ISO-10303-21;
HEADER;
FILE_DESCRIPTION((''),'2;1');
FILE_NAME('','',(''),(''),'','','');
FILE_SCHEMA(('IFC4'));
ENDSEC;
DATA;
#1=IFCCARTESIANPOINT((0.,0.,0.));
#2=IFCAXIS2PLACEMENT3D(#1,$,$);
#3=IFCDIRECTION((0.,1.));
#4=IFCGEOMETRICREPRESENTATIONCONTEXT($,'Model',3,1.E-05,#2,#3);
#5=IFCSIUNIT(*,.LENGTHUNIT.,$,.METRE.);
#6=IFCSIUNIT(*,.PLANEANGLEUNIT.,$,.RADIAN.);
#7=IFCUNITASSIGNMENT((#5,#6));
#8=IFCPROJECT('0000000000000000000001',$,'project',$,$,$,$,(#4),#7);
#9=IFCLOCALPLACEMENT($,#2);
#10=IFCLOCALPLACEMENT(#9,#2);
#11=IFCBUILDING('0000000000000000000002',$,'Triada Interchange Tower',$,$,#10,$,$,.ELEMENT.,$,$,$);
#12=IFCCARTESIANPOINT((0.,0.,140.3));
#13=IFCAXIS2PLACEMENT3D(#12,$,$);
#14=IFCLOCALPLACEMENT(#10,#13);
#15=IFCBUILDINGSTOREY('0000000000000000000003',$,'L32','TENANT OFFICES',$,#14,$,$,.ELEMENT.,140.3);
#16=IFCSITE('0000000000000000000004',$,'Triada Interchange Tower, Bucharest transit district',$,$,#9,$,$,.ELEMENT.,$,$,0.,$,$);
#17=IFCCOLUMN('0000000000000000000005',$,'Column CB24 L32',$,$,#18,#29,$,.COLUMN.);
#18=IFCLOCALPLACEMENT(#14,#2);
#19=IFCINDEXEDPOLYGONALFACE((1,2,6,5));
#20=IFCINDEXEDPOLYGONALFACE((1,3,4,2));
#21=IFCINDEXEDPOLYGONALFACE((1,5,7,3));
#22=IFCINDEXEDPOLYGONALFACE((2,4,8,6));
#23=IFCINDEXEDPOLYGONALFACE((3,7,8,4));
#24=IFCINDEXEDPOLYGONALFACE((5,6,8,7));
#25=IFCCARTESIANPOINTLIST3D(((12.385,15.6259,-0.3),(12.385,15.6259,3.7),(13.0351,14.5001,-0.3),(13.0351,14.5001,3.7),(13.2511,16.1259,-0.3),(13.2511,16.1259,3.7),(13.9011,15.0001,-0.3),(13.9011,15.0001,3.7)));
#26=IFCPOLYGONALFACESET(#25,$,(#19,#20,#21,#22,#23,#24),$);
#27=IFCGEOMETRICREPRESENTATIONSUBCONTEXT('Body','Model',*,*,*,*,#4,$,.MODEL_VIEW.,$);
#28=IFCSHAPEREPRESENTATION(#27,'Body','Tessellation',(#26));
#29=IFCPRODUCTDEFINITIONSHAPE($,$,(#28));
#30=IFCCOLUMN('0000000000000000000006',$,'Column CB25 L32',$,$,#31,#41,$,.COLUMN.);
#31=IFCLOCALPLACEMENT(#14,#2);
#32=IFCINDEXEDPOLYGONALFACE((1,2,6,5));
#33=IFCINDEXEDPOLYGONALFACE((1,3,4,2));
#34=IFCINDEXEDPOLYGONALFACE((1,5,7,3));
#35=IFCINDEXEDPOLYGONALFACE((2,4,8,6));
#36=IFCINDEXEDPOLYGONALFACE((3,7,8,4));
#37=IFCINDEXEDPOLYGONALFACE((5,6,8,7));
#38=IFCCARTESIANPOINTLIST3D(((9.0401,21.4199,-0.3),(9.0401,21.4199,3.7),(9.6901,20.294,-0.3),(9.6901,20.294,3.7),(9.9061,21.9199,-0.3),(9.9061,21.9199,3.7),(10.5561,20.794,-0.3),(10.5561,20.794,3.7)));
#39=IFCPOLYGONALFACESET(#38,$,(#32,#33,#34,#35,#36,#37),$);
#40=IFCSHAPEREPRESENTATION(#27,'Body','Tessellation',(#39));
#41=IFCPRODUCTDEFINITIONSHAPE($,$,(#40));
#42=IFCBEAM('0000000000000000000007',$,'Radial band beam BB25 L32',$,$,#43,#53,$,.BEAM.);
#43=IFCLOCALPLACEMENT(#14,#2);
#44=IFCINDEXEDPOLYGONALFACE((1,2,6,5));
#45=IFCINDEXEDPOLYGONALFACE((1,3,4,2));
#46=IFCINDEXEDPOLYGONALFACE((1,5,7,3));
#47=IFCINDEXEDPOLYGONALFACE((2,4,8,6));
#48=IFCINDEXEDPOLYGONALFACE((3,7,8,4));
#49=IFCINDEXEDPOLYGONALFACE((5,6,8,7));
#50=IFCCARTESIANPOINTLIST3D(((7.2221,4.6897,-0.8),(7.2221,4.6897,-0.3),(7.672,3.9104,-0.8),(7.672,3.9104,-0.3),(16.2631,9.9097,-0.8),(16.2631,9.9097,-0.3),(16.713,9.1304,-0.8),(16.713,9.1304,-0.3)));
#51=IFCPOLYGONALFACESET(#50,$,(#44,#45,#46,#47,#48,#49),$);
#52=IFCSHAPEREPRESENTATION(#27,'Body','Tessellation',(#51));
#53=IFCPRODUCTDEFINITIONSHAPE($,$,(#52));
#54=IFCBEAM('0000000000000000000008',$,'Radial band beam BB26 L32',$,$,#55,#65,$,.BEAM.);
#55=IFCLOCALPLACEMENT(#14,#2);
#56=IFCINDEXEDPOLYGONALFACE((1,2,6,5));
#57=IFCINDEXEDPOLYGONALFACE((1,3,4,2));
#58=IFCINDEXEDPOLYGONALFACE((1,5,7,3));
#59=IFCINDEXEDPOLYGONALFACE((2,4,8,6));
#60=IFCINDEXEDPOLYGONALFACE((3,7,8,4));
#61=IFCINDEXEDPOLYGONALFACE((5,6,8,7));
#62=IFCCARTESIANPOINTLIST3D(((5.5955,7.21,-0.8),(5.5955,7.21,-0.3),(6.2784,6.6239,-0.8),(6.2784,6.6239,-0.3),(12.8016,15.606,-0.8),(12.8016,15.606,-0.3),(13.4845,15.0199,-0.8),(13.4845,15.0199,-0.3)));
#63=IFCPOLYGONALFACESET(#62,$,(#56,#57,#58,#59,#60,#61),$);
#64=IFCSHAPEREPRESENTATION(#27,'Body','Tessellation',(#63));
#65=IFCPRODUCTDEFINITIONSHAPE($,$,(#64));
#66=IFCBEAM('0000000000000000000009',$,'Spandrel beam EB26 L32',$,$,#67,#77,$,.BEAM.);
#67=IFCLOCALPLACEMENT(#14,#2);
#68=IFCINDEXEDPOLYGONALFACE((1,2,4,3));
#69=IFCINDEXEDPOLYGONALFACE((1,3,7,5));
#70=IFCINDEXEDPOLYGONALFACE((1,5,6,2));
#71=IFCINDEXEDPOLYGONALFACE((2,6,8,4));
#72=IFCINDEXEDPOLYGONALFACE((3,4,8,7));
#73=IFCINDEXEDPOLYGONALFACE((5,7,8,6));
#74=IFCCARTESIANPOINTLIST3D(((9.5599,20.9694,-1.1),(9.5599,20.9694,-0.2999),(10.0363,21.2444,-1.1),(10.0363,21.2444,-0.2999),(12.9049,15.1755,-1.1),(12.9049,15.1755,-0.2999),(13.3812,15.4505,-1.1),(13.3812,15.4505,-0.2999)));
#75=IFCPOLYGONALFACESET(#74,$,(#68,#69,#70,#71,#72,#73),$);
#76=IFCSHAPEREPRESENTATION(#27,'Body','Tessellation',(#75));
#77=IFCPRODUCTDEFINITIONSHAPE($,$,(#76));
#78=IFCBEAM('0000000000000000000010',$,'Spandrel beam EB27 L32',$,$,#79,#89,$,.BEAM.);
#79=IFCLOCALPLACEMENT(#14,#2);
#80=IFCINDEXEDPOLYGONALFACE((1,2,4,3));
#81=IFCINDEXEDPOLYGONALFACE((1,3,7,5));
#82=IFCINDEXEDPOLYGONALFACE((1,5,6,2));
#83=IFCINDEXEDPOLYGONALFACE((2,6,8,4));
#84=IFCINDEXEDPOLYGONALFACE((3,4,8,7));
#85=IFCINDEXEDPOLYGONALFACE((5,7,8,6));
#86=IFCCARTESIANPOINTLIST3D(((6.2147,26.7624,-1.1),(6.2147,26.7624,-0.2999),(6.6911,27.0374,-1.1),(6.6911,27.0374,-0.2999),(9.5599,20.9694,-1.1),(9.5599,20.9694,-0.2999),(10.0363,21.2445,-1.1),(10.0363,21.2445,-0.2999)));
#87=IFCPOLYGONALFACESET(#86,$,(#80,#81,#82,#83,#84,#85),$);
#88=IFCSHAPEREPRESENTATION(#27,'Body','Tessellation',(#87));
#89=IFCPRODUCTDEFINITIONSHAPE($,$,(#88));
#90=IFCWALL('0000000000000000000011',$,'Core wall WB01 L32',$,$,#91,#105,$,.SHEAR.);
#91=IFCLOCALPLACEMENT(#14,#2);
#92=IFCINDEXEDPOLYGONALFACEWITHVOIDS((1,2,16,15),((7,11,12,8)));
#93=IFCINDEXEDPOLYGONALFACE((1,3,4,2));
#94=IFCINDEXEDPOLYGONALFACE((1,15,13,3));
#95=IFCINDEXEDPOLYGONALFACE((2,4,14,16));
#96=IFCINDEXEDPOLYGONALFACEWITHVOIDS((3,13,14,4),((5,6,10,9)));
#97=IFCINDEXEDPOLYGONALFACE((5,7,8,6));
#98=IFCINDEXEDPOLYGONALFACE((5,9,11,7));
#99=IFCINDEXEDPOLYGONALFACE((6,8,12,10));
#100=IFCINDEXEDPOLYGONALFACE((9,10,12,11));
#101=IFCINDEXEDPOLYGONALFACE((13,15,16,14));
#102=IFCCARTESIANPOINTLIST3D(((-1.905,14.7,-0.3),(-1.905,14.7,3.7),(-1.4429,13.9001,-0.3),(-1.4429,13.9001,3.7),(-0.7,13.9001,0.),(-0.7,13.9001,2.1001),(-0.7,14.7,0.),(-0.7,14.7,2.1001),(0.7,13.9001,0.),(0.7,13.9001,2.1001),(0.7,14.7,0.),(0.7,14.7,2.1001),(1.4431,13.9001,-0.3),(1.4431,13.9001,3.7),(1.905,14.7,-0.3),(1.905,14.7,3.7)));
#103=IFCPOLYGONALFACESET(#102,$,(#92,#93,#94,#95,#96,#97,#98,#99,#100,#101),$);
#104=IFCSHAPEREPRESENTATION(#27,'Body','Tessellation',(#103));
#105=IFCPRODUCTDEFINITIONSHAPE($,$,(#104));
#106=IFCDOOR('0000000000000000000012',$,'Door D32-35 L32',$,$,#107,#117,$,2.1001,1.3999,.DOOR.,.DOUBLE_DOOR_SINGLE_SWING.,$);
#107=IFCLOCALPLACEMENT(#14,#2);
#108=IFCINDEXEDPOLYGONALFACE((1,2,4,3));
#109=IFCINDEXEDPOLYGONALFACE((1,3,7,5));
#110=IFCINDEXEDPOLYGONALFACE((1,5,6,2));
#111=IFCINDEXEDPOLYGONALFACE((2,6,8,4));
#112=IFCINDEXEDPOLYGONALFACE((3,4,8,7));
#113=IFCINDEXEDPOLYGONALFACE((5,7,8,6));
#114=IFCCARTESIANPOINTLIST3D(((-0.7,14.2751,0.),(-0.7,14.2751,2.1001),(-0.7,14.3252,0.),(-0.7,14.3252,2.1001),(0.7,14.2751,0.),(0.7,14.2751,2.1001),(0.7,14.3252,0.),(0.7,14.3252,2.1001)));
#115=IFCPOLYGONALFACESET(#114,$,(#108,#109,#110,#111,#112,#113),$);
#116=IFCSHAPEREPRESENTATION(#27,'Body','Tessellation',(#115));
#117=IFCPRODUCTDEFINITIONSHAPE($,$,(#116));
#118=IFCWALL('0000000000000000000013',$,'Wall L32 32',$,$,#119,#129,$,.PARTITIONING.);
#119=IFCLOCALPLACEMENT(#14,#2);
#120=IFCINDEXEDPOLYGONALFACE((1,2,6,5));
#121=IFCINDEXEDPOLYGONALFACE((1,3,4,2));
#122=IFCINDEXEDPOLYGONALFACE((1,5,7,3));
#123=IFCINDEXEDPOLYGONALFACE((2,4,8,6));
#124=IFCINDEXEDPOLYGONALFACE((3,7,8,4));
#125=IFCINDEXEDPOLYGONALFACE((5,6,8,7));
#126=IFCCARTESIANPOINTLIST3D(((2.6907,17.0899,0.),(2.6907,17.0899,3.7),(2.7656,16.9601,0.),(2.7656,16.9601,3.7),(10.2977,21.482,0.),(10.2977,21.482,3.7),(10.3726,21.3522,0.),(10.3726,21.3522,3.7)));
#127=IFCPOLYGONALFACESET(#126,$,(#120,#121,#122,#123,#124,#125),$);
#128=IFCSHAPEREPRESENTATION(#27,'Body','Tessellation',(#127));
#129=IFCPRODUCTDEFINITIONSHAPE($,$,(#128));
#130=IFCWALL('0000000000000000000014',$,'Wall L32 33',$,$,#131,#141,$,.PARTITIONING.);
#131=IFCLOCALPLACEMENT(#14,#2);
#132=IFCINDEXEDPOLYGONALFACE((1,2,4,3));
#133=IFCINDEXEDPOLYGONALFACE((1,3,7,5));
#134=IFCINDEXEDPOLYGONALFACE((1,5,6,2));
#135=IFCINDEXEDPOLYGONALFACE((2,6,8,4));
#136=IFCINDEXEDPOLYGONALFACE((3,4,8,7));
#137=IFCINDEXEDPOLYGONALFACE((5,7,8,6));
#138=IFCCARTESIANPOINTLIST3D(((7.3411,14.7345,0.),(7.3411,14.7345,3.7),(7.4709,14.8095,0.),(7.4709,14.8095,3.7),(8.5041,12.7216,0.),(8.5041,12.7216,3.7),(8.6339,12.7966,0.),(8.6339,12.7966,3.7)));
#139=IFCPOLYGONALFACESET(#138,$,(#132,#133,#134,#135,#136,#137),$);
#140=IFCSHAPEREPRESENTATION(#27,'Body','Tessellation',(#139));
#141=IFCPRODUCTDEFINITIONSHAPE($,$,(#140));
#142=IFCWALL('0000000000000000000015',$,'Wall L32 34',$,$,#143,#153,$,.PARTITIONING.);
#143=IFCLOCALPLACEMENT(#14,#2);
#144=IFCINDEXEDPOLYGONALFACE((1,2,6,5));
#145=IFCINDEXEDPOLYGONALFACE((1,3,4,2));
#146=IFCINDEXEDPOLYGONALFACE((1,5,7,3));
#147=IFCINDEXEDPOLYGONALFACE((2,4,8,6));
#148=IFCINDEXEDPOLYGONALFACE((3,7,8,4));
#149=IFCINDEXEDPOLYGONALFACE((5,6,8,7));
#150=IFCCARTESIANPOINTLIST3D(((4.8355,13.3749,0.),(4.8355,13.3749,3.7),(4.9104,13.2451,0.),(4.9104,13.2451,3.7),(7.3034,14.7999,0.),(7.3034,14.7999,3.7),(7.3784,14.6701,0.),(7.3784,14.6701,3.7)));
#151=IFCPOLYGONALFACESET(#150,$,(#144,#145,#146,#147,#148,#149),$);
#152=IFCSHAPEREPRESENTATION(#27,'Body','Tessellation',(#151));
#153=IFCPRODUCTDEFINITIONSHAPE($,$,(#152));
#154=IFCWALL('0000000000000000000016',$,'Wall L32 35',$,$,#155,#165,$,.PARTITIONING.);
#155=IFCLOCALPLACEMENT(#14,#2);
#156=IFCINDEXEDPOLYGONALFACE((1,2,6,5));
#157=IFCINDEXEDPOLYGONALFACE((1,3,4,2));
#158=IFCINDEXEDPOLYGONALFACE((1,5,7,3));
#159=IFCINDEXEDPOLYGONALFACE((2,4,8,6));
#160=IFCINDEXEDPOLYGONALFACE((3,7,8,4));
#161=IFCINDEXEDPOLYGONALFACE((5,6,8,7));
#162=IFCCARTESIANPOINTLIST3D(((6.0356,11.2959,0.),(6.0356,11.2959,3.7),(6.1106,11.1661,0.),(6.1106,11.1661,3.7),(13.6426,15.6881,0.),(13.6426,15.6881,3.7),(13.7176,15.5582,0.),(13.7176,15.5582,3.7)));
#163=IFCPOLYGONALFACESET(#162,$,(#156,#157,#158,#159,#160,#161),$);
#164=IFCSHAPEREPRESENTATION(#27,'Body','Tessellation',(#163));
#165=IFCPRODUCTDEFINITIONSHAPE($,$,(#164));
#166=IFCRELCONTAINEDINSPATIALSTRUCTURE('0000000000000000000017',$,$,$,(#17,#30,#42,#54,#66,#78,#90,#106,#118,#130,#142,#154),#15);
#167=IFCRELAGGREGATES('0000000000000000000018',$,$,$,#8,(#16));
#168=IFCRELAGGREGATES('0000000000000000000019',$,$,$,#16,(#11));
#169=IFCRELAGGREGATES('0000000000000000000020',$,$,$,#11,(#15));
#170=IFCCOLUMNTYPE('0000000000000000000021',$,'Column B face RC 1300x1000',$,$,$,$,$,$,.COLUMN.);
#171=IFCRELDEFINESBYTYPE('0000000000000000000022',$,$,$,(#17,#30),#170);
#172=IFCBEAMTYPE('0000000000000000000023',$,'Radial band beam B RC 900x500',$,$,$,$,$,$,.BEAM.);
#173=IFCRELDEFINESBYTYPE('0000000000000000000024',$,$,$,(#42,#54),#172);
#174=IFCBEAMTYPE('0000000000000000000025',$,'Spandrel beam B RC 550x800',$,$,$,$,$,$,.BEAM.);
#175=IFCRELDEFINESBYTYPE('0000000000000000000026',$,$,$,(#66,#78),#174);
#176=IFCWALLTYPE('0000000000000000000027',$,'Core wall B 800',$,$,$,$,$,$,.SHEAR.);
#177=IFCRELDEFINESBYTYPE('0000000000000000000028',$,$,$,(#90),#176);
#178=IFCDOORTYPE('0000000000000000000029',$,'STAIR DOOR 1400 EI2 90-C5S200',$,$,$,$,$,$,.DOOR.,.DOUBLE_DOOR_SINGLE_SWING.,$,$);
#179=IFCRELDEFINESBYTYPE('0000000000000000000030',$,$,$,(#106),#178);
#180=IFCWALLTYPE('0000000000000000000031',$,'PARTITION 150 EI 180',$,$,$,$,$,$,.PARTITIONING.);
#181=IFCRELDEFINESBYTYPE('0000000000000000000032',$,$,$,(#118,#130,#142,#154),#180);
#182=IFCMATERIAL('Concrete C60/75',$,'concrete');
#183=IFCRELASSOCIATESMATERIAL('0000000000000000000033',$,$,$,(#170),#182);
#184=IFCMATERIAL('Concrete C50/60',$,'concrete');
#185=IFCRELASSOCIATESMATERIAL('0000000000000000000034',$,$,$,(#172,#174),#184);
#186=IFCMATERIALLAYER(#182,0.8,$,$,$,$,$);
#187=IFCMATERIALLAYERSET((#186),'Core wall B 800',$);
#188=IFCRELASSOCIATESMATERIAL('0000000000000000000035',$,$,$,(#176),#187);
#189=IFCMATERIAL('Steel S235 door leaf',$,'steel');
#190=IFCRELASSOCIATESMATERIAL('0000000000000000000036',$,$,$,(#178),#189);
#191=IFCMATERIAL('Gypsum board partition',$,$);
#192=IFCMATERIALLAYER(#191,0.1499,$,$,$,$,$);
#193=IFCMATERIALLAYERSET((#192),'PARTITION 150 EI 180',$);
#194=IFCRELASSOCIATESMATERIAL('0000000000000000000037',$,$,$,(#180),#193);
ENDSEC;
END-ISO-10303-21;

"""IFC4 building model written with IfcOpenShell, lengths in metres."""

from ifc_helpers import new_model, si_unit, direction, frame, frame_2d, origin, origin_2d, place, context, subcontext, project, spatial, polyline, rectangle, outline, extrude, material, layer, layer_set, material_profile, profile_set, type_object, element, fill, save


model = new_model("IFC4")

# Units and contexts
model_context = context("Model", 3, precision=1e-05, world=origin(), true_north=direction((0.0, 1.0)))
body_context = subcontext(model_context, "Body", "Model", "MODEL_VIEW")
ifc_project = project(units=[si_unit("LENGTHUNIT", "METRE"), si_unit("PLANEANGLEUNIT", "RADIAN")], contexts=[model_context])

# Site, building, storey
site_placement = place(None, origin())
site = spatial("IfcSite", under=ifc_project, at=site_placement, Name="Triada Interchange Tower, Bucharest transit district", CompositionType="ELEMENT", RefElevation=0.0)
building_placement = place(site_placement, origin())
building = spatial("IfcBuilding", under=site, at=building_placement, Name="Triada Interchange Tower", CompositionType="ELEMENT")
storey_placement = place(building_placement, frame((0.0, 0.0, 140.3)))
storey = spatial("IfcBuildingStorey", under=building, at=storey_placement, Name="L32", Description="TENANT OFFICES", CompositionType="ELEMENT", Elevation=140.3)

# Columns
ifc_material_1 = material(Name="Concrete C60/75", Category="concrete")
ifc_material_profile_1 = material_profile(ifc_material_1, rectangle(XDim=1.3, YDim=1.0, at=origin_2d()), Name="RC 1300x1000")
ifc_profile_set_1 = profile_set([ifc_material_profile_1], Name="Concrete C60/75")
column_type = type_object("IfcColumnType", Name="Column B face RC 1300x1000", PredefinedType="COLUMN", material=ifc_profile_set_1)
for number, where, z_axis, x_axis, name in (
    (1, (13.1431, 15.313, -0.3), (0.0, 0.0, 1.0), (-0.5, 0.866025, 0.0), "Column CB24 L32"),
    (2, (9.7981, 21.1069, -0.3), (0.0, 0.0, 1.0), (-0.5, 0.866025, 0.0), "Column CB25 L32"),
):
    element("IfcColumn", number, at=place(storey_placement, frame(where, z_axis=z_axis, x_axis=x_axis)), inside=storey, type_object=column_type, Name=name, PredefinedType="COLUMN", context=body_context, shape_type="SweptSolid", body=[
        extrude(rectangle(XDim=1.3, YDim=1.0, at=origin_2d()), origin(), (0.0, 0.0, 1.0), 4.0),
    ])

# Beams
ifc_material_2 = material(Name="Concrete C50/60", Category="concrete")
ifc_material_profile_2 = material_profile(ifc_material_2, rectangle(XDim=0.8999, YDim=0.5, at=origin_2d()), Name="RC 900x500")
ifc_profile_set_2 = profile_set([ifc_material_profile_2], Name="Concrete C50/60")
beam_type_1 = type_object("IfcBeamType", Name="Radial band beam B RC 900x500", PredefinedType="BEAM", material=ifc_profile_set_2)
beam_1_placement = place(storey_placement, frame((16.488, 9.52, -0.55), z_axis=(-0.86602, -0.50001, 0.0), x_axis=(0.50001, -0.86602, 0.0)))
element("IfcBeam", 3, at=beam_1_placement, inside=storey, type_object=beam_type_1, Name="Radial band beam BB25 L32", PredefinedType="BEAM", context=body_context, shape_type="SweptSolid", body=[
    extrude(rectangle(XDim=0.8999, YDim=0.5, at=origin_2d()), origin(), (0.0, 0.0, 1.0), 10.4397),
])
beam_2_placement = place(storey_placement, frame((13.1431, 15.313, -0.55), z_axis=(-0.651286, -0.758833, 0.0), x_axis=(0.758833, -0.651286, 0.0)))
element("IfcBeam", 4, at=beam_2_placement, inside=storey, type_object=beam_type_1, Name="Radial band beam BB26 L32", PredefinedType="BEAM", context=body_context, shape_type="SweptSolid", body=[
    extrude(rectangle(XDim=0.8999, YDim=0.5, at=origin_2d()), origin(), (0.0, 0.0, 1.0), 11.0645),
])
ifc_material_profile_3 = material_profile(ifc_material_2, rectangle(XDim=0.55, YDim=0.8, at=origin_2d()), Name="RC 550x800")
ifc_profile_set_3 = profile_set([ifc_material_profile_3], Name="Concrete C50/60")
beam_type_2 = type_object("IfcBeamType", Name="Spandrel beam B RC 550x800", PredefinedType="BEAM", material=ifc_profile_set_3)
beam_3_placement = place(storey_placement, frame((13.1431, 15.313, -0.7), z_axis=(-0.499981, 0.866036, 0.0), x_axis=(-0.866036, -0.499981, 0.0)))
element("IfcBeam", 5, at=beam_3_placement, inside=storey, type_object=beam_type_2, Name="Spandrel beam EB26 L32", PredefinedType="BEAM", context=body_context, shape_type="SweptSolid", body=[
    extrude(rectangle(XDim=0.55, YDim=0.8, at=origin_2d()), origin(), (0.0, 0.0, 1.0), 6.6902),
])
beam_4_placement = place(storey_placement, frame((9.7981, 21.1069, -0.7), z_axis=(-0.500072, 0.865984, 0.0), x_axis=(-0.865984, -0.500072, 0.0)))
element("IfcBeam", 6, at=beam_4_placement, inside=storey, type_object=beam_type_2, Name="Spandrel beam EB27 L32", PredefinedType="BEAM", context=body_context, shape_type="SweptSolid", body=[
    extrude(rectangle(XDim=0.55, YDim=0.8, at=origin_2d()), origin(), (0.0, 0.0, 1.0), 6.6895),
])

# Wall, opening, door
ifc_layer_1 = layer(ifc_material_1, 0.8)
ifc_layer_set_1 = layer_set([ifc_layer_1], Name="Core wall B 800")
wall_type_1 = type_object("IfcWallType", Name="Core wall B 800", PredefinedType="SHEAR", material=ifc_layer_set_1)
wall_1_placement = place(storey_placement, frame((1.6741, 14.3, -0.3), z_axis=(0.0, 0.0, 1.0), x_axis=(-1.0, 0.0, 0.0)))
wall_1 = element("IfcWall", 7, at=wall_1_placement, inside=storey, type_object=wall_type_1, Name="Core wall WB01 L32", PredefinedType="SHEAR", context=body_context, shape_type="SweptSolid", body=[
    extrude(outline(polyline([(-0.231, -0.3999), (1.6741, -0.3999), (3.5791, -0.3999), (3.1169, 0.3999), (1.6738, 0.3999), (0.231, 0.3999), (-0.231, -0.3999)])), origin(), (0.0, 0.0, 1.0), 4.0),
])
opening_1_placement = place(wall_1_placement, frame((0.9741, 0.0, 0.3)))
opening_1 = element("IfcOpeningElement", 8, at=opening_1_placement, cuts=wall_1, PredefinedType="OPENING", context=body_context, shape_type="SweptSolid", body=[
    extrude(rectangle(XDim=1.3999, YDim=2.1001, at=frame_2d((0.7, 1.05))), frame((0.0, 0.4099, 0.0), z_axis=(0.0, -1.0, 0.0), x_axis=(1.0, 0.0, 0.0)), (0.0, 0.0, 1.0), 0.8201),
])
ifc_material_3 = material(Name="Steel S235 door leaf", Category="steel")
door_type_1 = type_object("IfcDoorType", Name="STAIR DOOR 1400 EI2 90-C5S200", OperationType="DOUBLE_DOOR_SINGLE_SWING", PredefinedType="DOOR", material=ifc_material_3)
door_1_placement = place(opening_1_placement, origin())
door_1 = element("IfcDoor", 9, at=door_1_placement, inside=storey, type_object=door_type_1, Name="Door D32-35 L32", OperationType="DOUBLE_DOOR_SINGLE_SWING", OverallHeight=2.1001, OverallWidth=1.3999, PredefinedType="DOOR", context=body_context, shape_type="SweptSolid", body=[
    extrude(rectangle(XDim=1.3999, YDim=2.1001, at=frame_2d((0.7, 1.05))), frame((0.0, 0.0249, 0.0), z_axis=(0.0, -1.0, 0.0), x_axis=(1.0, 0.0, 0.0)), (0.0, 0.0, 1.0), 0.05),
])
fill(opening_1, door_1)

# Walls
ifc_material_4 = material(Name="Gypsum board partition")
ifc_layer_2 = layer(ifc_material_4, 0.1499)
ifc_layer_set_2 = layer_set([ifc_layer_2], Name="PARTITION 150 EI 180")
wall_type_2 = type_object("IfcWallType", Name="PARTITION 150 EI 180", PredefinedType="PARTITIONING", material=ifc_layer_set_2)
wall_2_placement = place(storey_placement, frame((2.728, 17.0249, 0.0), z_axis=(0.0, 0.0, 1.0), x_axis=(0.866014, 0.500019, 0.0)))
element("IfcWall", 10, at=wall_2_placement, inside=storey, type_object=wall_type_2, Name="Wall L32 32", PredefinedType="PARTITIONING", context=body_context, shape_type="SweptSolid", body=[
    extrude(rectangle(XDim=8.7839, YDim=0.1499, at=frame_2d((4.3921, 0.0))), origin(), (0.0, 0.0, 1.0), 3.7),
])
wall_3_placement = place(storey_placement, frame((7.406, 14.772, 0.0), z_axis=(0.0, 0.0, 1.0), x_axis=(0.500295, -0.865855, 0.0)))
element("IfcWall", 11, at=wall_3_placement, inside=storey, type_object=wall_type_2, Name="Wall L32 33", PredefinedType="PARTITIONING", context=body_context, shape_type="SweptSolid", body=[
    extrude(rectangle(XDim=2.3247, YDim=0.1499, at=frame_2d((1.1624, 0.0))), origin(), (0.0, 0.0, 1.0), 3.7),
])
wall_4_placement = place(storey_placement, frame((4.873, 13.3101, 0.0), z_axis=(0.0, 0.0, 1.0), x_axis=(0.866004, 0.500036, 0.0)))
element("IfcWall", 12, at=wall_4_placement, inside=storey, type_object=wall_type_2, Name="Wall L32 34", PredefinedType="PARTITIONING", context=body_context, shape_type="SweptSolid", body=[
    extrude(rectangle(XDim=2.8499, YDim=0.1499, at=frame_2d((1.4248, 0.0))), origin(), (0.0, 0.0, 1.0), 3.7),
])
wall_5_placement = place(storey_placement, frame((6.073, 11.231, 0.0), z_axis=(0.0, 0.0, 1.0), x_axis=(0.866014, 0.500019, 0.0)))
element("IfcWall", 13, at=wall_5_placement, inside=storey, type_object=wall_type_2, Name="Wall L32 35", PredefinedType="PARTITIONING", context=body_context, shape_type="SweptSolid", body=[
    extrude(rectangle(XDim=8.7839, YDim=0.1499, at=frame_2d((4.3921, 0.0))), origin(), (0.0, 0.0, 1.0), 3.7),
])

save(model, "model.ifc")
